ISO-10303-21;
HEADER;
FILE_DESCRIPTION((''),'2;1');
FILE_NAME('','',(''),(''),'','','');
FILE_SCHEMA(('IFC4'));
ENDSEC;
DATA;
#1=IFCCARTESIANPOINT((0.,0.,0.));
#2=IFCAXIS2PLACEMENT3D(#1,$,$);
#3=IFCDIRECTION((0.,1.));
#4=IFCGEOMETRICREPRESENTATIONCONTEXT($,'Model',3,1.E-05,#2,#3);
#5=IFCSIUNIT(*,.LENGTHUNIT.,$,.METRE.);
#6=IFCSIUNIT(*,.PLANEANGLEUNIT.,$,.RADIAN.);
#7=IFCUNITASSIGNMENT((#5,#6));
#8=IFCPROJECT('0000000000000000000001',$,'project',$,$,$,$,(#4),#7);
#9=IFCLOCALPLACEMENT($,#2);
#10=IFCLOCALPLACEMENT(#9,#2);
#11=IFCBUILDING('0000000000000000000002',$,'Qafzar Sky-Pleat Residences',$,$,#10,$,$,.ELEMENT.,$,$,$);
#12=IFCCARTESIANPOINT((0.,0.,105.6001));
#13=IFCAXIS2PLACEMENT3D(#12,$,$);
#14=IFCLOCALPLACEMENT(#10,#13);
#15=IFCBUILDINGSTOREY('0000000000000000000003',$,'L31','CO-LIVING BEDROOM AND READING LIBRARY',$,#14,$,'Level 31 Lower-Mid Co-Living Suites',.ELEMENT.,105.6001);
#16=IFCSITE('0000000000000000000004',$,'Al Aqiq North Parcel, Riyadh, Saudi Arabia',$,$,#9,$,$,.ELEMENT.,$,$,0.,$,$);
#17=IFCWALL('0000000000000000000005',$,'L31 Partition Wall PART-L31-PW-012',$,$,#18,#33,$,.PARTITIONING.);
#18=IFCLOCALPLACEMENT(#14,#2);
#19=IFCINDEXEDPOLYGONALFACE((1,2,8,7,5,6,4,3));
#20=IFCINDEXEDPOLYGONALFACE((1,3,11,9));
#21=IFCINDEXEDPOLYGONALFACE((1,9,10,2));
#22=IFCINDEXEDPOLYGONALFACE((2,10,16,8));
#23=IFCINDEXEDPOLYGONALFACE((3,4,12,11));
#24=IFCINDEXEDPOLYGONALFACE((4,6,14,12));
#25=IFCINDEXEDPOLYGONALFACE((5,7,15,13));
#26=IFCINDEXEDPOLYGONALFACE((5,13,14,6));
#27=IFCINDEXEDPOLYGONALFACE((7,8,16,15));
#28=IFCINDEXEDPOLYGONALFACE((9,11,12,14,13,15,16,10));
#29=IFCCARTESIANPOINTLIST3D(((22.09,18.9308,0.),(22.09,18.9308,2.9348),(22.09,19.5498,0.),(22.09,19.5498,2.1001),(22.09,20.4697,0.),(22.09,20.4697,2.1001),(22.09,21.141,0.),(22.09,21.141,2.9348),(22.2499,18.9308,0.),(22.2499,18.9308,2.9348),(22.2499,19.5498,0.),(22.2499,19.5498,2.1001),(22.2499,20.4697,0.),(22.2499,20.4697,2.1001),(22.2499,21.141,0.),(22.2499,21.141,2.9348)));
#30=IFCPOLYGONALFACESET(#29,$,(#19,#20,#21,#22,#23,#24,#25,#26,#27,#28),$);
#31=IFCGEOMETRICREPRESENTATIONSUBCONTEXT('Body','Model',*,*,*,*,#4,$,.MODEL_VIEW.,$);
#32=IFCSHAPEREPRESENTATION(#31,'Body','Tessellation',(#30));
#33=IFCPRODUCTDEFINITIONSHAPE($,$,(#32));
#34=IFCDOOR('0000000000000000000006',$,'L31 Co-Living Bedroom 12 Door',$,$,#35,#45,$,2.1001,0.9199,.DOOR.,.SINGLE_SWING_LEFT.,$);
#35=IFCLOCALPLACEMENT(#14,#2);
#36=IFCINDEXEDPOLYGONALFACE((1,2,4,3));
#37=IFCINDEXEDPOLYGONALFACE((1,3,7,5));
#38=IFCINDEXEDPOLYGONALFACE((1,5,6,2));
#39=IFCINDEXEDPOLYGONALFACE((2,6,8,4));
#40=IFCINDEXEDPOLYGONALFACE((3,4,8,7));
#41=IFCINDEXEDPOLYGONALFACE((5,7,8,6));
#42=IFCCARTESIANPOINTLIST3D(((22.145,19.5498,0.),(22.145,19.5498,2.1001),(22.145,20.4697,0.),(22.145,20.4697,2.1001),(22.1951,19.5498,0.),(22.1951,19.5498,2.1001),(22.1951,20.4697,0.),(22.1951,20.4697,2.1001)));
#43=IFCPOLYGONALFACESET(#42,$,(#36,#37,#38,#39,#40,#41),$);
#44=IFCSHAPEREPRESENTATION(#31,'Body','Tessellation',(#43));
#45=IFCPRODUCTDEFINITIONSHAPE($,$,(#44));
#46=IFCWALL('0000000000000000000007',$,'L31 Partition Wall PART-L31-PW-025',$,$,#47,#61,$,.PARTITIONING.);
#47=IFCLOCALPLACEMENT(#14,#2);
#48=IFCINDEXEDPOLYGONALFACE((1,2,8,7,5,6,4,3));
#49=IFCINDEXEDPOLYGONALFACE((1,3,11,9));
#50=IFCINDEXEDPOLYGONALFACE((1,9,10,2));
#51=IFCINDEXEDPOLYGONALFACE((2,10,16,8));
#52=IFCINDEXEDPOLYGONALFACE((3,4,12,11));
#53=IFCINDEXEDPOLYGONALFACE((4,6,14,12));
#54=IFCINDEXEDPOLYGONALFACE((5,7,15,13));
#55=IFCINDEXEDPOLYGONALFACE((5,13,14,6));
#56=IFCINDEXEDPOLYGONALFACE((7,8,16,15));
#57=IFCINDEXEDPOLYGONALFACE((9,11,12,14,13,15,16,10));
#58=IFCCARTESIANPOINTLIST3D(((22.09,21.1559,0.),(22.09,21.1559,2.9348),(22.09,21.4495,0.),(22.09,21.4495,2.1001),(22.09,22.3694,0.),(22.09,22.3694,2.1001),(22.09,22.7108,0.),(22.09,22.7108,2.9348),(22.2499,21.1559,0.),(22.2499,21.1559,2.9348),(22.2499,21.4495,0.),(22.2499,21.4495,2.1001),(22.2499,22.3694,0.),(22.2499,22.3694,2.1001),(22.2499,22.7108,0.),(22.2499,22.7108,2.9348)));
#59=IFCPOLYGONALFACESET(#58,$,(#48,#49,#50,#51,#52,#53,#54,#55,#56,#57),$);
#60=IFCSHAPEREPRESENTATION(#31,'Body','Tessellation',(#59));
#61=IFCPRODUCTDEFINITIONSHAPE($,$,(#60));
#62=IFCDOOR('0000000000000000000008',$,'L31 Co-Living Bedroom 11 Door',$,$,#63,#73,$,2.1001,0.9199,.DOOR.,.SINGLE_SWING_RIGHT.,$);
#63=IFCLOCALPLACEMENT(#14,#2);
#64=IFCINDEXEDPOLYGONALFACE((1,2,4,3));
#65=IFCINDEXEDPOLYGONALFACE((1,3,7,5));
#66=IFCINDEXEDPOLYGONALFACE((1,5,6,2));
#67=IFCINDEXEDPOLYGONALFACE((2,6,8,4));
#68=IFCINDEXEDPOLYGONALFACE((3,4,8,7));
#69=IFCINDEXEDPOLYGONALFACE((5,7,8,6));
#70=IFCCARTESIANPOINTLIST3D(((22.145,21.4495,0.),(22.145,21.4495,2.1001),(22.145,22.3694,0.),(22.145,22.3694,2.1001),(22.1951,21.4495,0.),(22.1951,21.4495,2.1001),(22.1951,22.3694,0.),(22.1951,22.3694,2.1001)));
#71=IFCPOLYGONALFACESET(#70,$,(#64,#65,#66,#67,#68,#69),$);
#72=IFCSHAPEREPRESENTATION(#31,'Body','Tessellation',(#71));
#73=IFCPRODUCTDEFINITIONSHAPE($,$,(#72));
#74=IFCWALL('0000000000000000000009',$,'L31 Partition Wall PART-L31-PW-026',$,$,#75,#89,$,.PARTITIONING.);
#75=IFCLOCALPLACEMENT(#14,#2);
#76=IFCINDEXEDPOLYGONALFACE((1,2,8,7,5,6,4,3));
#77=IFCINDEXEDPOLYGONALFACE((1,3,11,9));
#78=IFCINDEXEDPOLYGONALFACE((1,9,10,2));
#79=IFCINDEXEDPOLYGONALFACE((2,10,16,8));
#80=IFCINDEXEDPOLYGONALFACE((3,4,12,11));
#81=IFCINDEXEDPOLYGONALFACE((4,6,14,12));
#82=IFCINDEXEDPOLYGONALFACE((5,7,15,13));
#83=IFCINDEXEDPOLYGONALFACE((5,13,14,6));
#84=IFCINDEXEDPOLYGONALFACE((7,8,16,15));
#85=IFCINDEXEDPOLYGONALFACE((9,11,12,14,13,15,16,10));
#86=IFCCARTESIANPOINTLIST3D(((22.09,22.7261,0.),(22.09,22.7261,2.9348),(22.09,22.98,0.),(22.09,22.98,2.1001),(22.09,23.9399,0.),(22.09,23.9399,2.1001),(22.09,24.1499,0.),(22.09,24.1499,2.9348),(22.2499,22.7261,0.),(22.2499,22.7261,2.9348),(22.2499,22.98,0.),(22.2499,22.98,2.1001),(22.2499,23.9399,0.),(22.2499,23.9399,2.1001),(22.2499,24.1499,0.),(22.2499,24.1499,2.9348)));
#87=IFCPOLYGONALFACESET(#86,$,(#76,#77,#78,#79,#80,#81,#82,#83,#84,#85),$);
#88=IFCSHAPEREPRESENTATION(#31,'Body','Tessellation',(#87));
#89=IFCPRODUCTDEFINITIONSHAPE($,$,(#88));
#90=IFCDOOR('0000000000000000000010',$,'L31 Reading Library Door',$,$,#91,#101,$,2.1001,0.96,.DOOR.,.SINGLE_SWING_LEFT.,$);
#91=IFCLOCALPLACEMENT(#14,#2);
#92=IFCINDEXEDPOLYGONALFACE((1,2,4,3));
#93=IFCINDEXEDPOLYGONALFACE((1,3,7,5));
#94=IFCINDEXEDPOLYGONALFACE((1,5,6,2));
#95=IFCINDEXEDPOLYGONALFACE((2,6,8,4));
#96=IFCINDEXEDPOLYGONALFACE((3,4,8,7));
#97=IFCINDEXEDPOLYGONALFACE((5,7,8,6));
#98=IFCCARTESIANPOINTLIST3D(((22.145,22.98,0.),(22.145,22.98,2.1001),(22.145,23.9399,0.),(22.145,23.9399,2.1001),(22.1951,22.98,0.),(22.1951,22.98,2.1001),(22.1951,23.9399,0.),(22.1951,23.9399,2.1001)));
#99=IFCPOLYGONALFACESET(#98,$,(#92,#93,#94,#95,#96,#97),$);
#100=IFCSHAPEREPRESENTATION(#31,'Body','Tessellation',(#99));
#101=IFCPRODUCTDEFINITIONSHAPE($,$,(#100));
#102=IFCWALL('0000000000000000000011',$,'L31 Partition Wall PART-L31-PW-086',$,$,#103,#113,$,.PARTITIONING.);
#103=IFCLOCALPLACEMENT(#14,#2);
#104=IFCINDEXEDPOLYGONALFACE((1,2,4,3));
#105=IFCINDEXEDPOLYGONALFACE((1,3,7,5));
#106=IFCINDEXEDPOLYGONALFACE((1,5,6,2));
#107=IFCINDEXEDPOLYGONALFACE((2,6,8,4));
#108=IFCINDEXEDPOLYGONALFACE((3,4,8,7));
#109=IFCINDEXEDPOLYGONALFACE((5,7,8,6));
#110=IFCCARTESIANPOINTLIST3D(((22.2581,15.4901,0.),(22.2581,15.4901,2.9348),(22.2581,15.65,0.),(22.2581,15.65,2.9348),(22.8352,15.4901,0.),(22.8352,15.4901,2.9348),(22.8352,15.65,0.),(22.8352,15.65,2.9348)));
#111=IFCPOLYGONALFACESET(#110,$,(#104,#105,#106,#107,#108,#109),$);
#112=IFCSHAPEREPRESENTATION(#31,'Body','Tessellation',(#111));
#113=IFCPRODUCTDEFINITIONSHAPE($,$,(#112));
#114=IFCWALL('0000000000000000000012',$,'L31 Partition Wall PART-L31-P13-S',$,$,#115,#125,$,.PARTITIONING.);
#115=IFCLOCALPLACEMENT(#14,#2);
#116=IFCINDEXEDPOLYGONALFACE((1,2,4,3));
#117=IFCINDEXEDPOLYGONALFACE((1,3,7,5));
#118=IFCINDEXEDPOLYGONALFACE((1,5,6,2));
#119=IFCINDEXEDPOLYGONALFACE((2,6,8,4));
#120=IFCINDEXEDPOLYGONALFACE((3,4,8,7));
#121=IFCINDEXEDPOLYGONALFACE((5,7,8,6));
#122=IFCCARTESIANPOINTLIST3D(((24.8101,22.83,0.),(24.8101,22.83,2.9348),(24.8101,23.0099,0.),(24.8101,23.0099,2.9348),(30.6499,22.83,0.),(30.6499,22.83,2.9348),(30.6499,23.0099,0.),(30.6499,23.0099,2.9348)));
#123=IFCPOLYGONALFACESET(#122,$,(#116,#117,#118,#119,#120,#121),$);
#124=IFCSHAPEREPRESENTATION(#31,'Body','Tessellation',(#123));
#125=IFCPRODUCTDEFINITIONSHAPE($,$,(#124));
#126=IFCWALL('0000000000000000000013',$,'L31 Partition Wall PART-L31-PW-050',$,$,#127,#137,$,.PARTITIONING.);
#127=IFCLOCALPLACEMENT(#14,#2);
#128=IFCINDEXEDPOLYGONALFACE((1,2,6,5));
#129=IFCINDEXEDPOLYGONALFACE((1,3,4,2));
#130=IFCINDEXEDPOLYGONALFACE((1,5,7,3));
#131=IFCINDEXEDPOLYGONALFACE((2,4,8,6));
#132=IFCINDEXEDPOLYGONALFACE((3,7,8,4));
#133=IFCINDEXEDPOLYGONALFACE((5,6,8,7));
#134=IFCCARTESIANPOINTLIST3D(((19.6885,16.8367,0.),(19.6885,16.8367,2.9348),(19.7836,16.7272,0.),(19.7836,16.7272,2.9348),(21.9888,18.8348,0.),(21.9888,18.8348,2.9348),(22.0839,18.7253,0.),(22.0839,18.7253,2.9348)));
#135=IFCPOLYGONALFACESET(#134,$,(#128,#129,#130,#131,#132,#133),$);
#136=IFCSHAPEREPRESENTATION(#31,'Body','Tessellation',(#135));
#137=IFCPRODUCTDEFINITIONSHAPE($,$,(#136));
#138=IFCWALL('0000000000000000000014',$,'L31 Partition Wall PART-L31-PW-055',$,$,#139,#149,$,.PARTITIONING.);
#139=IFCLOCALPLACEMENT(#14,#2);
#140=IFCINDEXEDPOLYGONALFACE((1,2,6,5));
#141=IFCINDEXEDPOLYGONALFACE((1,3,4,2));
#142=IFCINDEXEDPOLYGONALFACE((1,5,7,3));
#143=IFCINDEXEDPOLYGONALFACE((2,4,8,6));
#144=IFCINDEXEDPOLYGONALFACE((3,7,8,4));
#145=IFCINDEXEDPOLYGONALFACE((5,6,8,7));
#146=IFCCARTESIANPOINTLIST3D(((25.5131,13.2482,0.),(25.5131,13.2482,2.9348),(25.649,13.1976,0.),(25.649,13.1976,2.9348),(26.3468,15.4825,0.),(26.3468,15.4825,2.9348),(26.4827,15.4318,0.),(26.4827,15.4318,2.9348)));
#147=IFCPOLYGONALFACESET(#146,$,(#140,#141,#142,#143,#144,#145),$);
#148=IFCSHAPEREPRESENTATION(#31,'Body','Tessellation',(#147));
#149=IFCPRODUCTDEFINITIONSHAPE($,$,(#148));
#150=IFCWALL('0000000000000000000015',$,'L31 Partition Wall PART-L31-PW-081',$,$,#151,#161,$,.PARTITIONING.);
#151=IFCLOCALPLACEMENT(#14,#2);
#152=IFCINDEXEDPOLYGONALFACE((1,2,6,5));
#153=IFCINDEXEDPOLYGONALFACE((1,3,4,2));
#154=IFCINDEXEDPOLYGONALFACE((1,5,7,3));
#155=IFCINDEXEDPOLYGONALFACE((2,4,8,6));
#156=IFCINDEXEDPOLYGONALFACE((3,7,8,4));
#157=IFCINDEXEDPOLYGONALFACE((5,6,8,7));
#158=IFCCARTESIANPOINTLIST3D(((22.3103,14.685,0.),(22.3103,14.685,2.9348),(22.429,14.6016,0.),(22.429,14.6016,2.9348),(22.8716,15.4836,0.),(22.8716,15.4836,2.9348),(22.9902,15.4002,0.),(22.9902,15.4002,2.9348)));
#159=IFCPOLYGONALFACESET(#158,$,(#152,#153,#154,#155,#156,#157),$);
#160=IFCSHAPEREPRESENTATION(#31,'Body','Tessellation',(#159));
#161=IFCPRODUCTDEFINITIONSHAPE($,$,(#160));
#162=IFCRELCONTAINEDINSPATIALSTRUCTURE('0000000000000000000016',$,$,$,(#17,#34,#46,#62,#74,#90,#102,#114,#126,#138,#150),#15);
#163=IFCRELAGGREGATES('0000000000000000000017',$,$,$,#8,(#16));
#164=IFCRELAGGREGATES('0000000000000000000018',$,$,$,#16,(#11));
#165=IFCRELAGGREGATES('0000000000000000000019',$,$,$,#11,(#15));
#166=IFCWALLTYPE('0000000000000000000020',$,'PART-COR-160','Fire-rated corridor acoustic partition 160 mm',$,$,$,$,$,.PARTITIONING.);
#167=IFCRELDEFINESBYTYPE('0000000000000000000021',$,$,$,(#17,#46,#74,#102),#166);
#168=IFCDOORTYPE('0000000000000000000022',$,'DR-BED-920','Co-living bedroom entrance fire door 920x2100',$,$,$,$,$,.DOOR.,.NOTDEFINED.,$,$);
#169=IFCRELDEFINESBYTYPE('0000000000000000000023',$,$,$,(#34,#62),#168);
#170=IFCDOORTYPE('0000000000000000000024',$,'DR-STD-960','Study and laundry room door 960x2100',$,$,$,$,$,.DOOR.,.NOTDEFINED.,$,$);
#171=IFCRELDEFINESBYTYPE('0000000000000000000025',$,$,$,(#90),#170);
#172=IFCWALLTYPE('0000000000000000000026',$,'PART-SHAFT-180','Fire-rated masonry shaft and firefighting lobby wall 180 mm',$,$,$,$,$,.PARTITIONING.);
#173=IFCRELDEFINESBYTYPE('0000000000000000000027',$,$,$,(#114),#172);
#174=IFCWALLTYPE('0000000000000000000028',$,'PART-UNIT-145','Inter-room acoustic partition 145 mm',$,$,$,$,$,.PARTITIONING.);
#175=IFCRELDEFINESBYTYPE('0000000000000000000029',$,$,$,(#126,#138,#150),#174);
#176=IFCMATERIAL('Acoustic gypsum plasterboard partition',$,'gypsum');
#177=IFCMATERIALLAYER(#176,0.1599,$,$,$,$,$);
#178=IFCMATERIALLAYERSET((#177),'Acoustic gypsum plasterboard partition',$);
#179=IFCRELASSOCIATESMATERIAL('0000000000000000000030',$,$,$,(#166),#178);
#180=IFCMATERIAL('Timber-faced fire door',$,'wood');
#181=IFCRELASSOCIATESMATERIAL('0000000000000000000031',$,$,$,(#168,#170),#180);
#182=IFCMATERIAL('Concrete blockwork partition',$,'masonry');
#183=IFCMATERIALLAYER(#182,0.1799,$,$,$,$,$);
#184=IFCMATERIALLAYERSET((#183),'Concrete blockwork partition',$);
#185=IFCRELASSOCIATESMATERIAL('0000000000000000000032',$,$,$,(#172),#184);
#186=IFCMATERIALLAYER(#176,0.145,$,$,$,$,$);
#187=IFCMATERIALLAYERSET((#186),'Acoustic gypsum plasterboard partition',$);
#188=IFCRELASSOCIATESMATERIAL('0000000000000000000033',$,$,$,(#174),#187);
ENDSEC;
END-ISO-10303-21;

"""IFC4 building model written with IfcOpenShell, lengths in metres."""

from ifc_helpers import new_model, si_unit, direction, frame, frame_2d, origin, place, context, subcontext, project, spatial, rectangle, extrude, source, transform, mapped, material, layer, layer_set, type_object, element, fill, save


model = new_model("IFC4")

# Units and contexts
model_context = context("Model", 3, precision=1e-05, world=origin(), true_north=direction((0.0, 1.0)))
body_context = subcontext(model_context, "Body", "Model", "MODEL_VIEW")
ifc_project = project(units=[si_unit("LENGTHUNIT", "METRE"), si_unit("PLANEANGLEUNIT", "RADIAN")], contexts=[model_context])

# Site, building, storey
site_placement = place(None, origin())
site = spatial("IfcSite", under=ifc_project, at=site_placement, Name="Al Aqiq North Parcel, Riyadh, Saudi Arabia", CompositionType="ELEMENT", RefElevation=0.0)
building_placement = place(site_placement, origin())
building = spatial("IfcBuilding", under=site, at=building_placement, Name="Qafzar Sky-Pleat Residences", CompositionType="ELEMENT")
storey_placement = place(building_placement, frame((0.0, 0.0, 105.6001)))
storey = spatial("IfcBuildingStorey", under=building, at=storey_placement, Name="L31", Description="CO-LIVING BEDROOM AND READING LIBRARY", LongName="Level 31 Lower-Mid Co-Living Suites", CompositionType="ELEMENT", Elevation=105.6001)

# Walls, openings, doors
ifc_material_1 = material(Name="Acoustic gypsum plasterboard partition", Category="gypsum")
ifc_layer_1 = layer(ifc_material_1, 0.1599)
ifc_layer_set_1 = layer_set([ifc_layer_1], Name="Acoustic gypsum plasterboard partition")
wall_type_1 = type_object("IfcWallType", Name="PART-COR-160", Description="Fire-rated corridor acoustic partition 160 mm", PredefinedType="PARTITIONING", material=ifc_layer_set_1)
ifc_material_2 = material(Name="Timber-faced fire door", Category="wood")
door_type_1 = type_object("IfcDoorType", Name="DR-BED-920", Description="Co-living bedroom entrance fire door 920x2100", OperationType="NOTDEFINED", PredefinedType="DOOR", material=ifc_material_2)
shared_shape_1 = source(origin(), body_context, "Body", "SweptSolid", [
    extrude(rectangle(XDim=0.9199, YDim=2.1001, at=frame_2d((0.46, 1.05))), frame((0.0, 0.0249, 0.0), z_axis=(0.0, -1.0, 0.0), x_axis=(1.0, 0.0, 0.0)), (0.0, 0.0, 1.0), 0.05),
])
wall_1_placement = place(storey_placement, frame((22.1699, 18.9309, 0.0), z_axis=(0.0, 0.0, 1.0), x_axis=(0.0, 1.0, 0.0)))
wall_1 = element("IfcWall", 1, at=wall_1_placement, inside=storey, type_object=wall_type_1, Name="L31 Partition Wall PART-L31-PW-012", PredefinedType="PARTITIONING", context=body_context, shape_type="SweptSolid", body=[
    extrude(rectangle(XDim=2.2102, YDim=0.1599, at=frame_2d((1.105, 0.0))), origin(), (0.0, 0.0, 1.0), 2.9348),
])
opening_1_placement = place(wall_1_placement, frame((0.6189, 0.0, 0.0)))
opening_1 = element("IfcOpeningElement", 2, at=opening_1_placement, cuts=wall_1, PredefinedType="OPENING", context=body_context, shape_type="SweptSolid", body=[
    extrude(rectangle(XDim=0.9199, YDim=2.1001, at=frame_2d((0.46, 1.05))), frame((0.0, 0.0898, 0.0), z_axis=(0.0, -1.0, 0.0), x_axis=(1.0, 0.0, 0.0)), (0.0, 0.0, 1.0), 0.1799),
])
door_1_placement = place(opening_1_placement, origin())
door_1 = element("IfcDoor", 3, at=door_1_placement, inside=storey, type_object=door_type_1, Name="L31 Co-Living Bedroom 12 Door", OperationType="SINGLE_SWING_LEFT", OverallHeight=2.1001, OverallWidth=0.9199, PredefinedType="DOOR", context=body_context, shape_type="MappedRepresentation", body=[
    mapped(shared_shape_1, transform((0.0, 0.0, 0.0), x_axis=(1.0, 0.0, 0.0), y_axis=(0.0, 1.0, 0.0), z_axis=(0.0, 0.0, 1.0), scale=1.0)),
])
fill(opening_1, door_1)
wall_2_placement = place(storey_placement, frame((22.1699, 21.156, 0.0), z_axis=(0.0, 0.0, 1.0), x_axis=(0.0, 1.0, 0.0)))
wall_2 = element("IfcWall", 4, at=wall_2_placement, inside=storey, type_object=wall_type_1, Name="L31 Partition Wall PART-L31-PW-025", PredefinedType="PARTITIONING", context=body_context, shape_type="SweptSolid", body=[
    extrude(rectangle(XDim=1.5549, YDim=0.1599, at=frame_2d((0.7773, 0.0))), origin(), (0.0, 0.0, 1.0), 2.9348),
])
opening_2_placement = place(wall_2_placement, frame((0.2935, 0.0, 0.0)))
opening_2 = element("IfcOpeningElement", 5, at=opening_2_placement, cuts=wall_2, PredefinedType="OPENING", context=body_context, shape_type="SweptSolid", body=[
    extrude(rectangle(XDim=0.9199, YDim=2.1001, at=frame_2d((0.46, 1.05))), frame((0.0, 0.0898, 0.0), z_axis=(0.0, -1.0, 0.0), x_axis=(1.0, 0.0, 0.0)), (0.0, 0.0, 1.0), 0.1799),
])
door_2_placement = place(opening_2_placement, origin())
door_2 = element("IfcDoor", 6, at=door_2_placement, inside=storey, type_object=door_type_1, Name="L31 Co-Living Bedroom 11 Door", OperationType="SINGLE_SWING_RIGHT", OverallHeight=2.1001, OverallWidth=0.9199, PredefinedType="DOOR", context=body_context, shape_type="MappedRepresentation", body=[
    mapped(shared_shape_1, transform((0.0, 0.0, 0.0), x_axis=(1.0, 0.0, 0.0), y_axis=(0.0, 1.0, 0.0), z_axis=(0.0, 0.0, 1.0), scale=1.0)),
])
fill(opening_2, door_2)
wall_3_placement = place(storey_placement, frame((22.1699, 22.7261, 0.0), z_axis=(0.0, 0.0, 1.0), x_axis=(0.0, 1.0, 0.0)))
wall_3 = element("IfcWall", 7, at=wall_3_placement, inside=storey, type_object=wall_type_1, Name="L31 Partition Wall PART-L31-PW-026", PredefinedType="PARTITIONING", context=body_context, shape_type="SweptSolid", body=[
    extrude(rectangle(XDim=1.4238, YDim=0.1599, at=frame_2d((0.7119, 0.0))), origin(), (0.0, 0.0, 1.0), 2.9348),
])
opening_3_placement = place(wall_3_placement, frame((0.2539, 0.0, 0.0)))
opening_3 = element("IfcOpeningElement", 8, at=opening_3_placement, cuts=wall_3, PredefinedType="OPENING", context=body_context, shape_type="SweptSolid", body=[
    extrude(rectangle(XDim=0.96, YDim=2.1001, at=frame_2d((0.48, 1.05))), frame((0.0, 0.0898, 0.0), z_axis=(0.0, -1.0, 0.0), x_axis=(1.0, 0.0, 0.0)), (0.0, 0.0, 1.0), 0.1799),
])
door_type_2 = type_object("IfcDoorType", Name="DR-STD-960", Description="Study and laundry room door 960x2100", OperationType="NOTDEFINED", PredefinedType="DOOR", material=ifc_material_2)
shared_shape_2 = source(origin(), body_context, "Body", "SweptSolid", [
    extrude(rectangle(XDim=0.96, YDim=2.1001, at=frame_2d((0.48, 1.05))), frame((0.0, 0.0249, 0.0), z_axis=(0.0, -1.0, 0.0), x_axis=(1.0, 0.0, 0.0)), (0.0, 0.0, 1.0), 0.05),
])
door_3_placement = place(opening_3_placement, origin())
door_3 = element("IfcDoor", 9, at=door_3_placement, inside=storey, type_object=door_type_2, Name="L31 Reading Library Door", OperationType="SINGLE_SWING_LEFT", OverallHeight=2.1001, OverallWidth=0.96, PredefinedType="DOOR", context=body_context, shape_type="MappedRepresentation", body=[
    mapped(shared_shape_2, transform((0.0, 0.0, 0.0), x_axis=(1.0, 0.0, 0.0), y_axis=(0.0, 1.0, 0.0), z_axis=(0.0, 0.0, 1.0), scale=1.0)),
])
fill(opening_3, door_3)

# Walls
wall_4_placement = place(storey_placement, frame((22.2581, 15.5701, 0.0), z_axis=(0.0, 0.0, 1.0), x_axis=(1.0, 0.0, 0.0)))
element("IfcWall", 10, at=wall_4_placement, inside=storey, type_object=wall_type_1, Name="L31 Partition Wall PART-L31-PW-086", PredefinedType="PARTITIONING", context=body_context, shape_type="SweptSolid", body=[
    extrude(rectangle(XDim=0.5771, YDim=0.1599, at=frame_2d((0.2886, 0.0))), origin(), (0.0, 0.0, 1.0), 2.9348),
])
ifc_material_3 = material(Name="Concrete blockwork partition", Category="masonry")
ifc_layer_2 = layer(ifc_material_3, 0.1799)
ifc_layer_set_2 = layer_set([ifc_layer_2], Name="Concrete blockwork partition")
wall_type_2 = type_object("IfcWallType", Name="PART-SHAFT-180", Description="Fire-rated masonry shaft and firefighting lobby wall 180 mm", PredefinedType="PARTITIONING", material=ifc_layer_set_2)
wall_5_placement = place(storey_placement, frame((24.8101, 22.9199, 0.0), z_axis=(0.0, 0.0, 1.0), x_axis=(1.0, 0.0, 0.0)))
element("IfcWall", 11, at=wall_5_placement, inside=storey, type_object=wall_type_2, Name="L31 Partition Wall PART-L31-P13-S", PredefinedType="PARTITIONING", context=body_context, shape_type="SweptSolid", body=[
    extrude(rectangle(XDim=5.8398, YDim=0.1799, at=frame_2d((2.9199, 0.0))), origin(), (0.0, 0.0, 1.0), 2.9348),
])
ifc_layer_3 = layer(ifc_material_1, 0.145)
ifc_layer_set_3 = layer_set([ifc_layer_3], Name="Acoustic gypsum plasterboard partition")
wall_type_3 = type_object("IfcWallType", Name="PART-UNIT-145", Description="Inter-room acoustic partition 145 mm", PredefinedType="PARTITIONING", material=ifc_layer_set_3)
wall_6_placement = place(storey_placement, frame((19.7361, 16.782, 0.0), z_axis=(0.0, 0.0, 1.0), x_axis=(0.754964, 0.655766, 0.0)))
element("IfcWall", 12, at=wall_6_placement, inside=storey, type_object=wall_type_3, Name="L31 Partition Wall PART-L31-PW-050", PredefinedType="PARTITIONING", context=body_context, shape_type="SweptSolid", body=[
    extrude(rectangle(XDim=3.0469, YDim=0.145, at=frame_2d((1.5234, 0.0))), origin(), (0.0, 0.0, 1.0), 2.9348),
])
wall_7_placement = place(storey_placement, frame((25.5811, 13.2229, 0.0), z_axis=(0.0, 0.0, 1.0), x_axis=(0.349597, 0.9369, 0.0)))
element("IfcWall", 13, at=wall_7_placement, inside=storey, type_object=wall_type_3, Name="L31 Partition Wall PART-L31-PW-055", PredefinedType="PARTITIONING", context=body_context, shape_type="SweptSolid", body=[
    extrude(rectangle(XDim=2.3848, YDim=0.145, at=frame_2d((1.1924, 0.0))), origin(), (0.0, 0.0, 1.0), 2.9348),
])
wall_8_placement = place(storey_placement, frame((22.3696, 14.6433, 0.0), z_axis=(0.0, 0.0, 1.0), x_axis=(0.575022, 0.818138, 0.0)))
element("IfcWall", 14, at=wall_8_placement, inside=storey, type_object=wall_type_3, Name="L31 Partition Wall PART-L31-PW-081", PredefinedType="PARTITIONING", context=body_context, shape_type="SweptSolid", body=[
    extrude(rectangle(XDim=0.9761, YDim=0.145, at=frame_2d((0.488, 0.0))), origin(), (0.0, 0.0, 1.0), 2.9348),
])

save(model, "model.ifc")
